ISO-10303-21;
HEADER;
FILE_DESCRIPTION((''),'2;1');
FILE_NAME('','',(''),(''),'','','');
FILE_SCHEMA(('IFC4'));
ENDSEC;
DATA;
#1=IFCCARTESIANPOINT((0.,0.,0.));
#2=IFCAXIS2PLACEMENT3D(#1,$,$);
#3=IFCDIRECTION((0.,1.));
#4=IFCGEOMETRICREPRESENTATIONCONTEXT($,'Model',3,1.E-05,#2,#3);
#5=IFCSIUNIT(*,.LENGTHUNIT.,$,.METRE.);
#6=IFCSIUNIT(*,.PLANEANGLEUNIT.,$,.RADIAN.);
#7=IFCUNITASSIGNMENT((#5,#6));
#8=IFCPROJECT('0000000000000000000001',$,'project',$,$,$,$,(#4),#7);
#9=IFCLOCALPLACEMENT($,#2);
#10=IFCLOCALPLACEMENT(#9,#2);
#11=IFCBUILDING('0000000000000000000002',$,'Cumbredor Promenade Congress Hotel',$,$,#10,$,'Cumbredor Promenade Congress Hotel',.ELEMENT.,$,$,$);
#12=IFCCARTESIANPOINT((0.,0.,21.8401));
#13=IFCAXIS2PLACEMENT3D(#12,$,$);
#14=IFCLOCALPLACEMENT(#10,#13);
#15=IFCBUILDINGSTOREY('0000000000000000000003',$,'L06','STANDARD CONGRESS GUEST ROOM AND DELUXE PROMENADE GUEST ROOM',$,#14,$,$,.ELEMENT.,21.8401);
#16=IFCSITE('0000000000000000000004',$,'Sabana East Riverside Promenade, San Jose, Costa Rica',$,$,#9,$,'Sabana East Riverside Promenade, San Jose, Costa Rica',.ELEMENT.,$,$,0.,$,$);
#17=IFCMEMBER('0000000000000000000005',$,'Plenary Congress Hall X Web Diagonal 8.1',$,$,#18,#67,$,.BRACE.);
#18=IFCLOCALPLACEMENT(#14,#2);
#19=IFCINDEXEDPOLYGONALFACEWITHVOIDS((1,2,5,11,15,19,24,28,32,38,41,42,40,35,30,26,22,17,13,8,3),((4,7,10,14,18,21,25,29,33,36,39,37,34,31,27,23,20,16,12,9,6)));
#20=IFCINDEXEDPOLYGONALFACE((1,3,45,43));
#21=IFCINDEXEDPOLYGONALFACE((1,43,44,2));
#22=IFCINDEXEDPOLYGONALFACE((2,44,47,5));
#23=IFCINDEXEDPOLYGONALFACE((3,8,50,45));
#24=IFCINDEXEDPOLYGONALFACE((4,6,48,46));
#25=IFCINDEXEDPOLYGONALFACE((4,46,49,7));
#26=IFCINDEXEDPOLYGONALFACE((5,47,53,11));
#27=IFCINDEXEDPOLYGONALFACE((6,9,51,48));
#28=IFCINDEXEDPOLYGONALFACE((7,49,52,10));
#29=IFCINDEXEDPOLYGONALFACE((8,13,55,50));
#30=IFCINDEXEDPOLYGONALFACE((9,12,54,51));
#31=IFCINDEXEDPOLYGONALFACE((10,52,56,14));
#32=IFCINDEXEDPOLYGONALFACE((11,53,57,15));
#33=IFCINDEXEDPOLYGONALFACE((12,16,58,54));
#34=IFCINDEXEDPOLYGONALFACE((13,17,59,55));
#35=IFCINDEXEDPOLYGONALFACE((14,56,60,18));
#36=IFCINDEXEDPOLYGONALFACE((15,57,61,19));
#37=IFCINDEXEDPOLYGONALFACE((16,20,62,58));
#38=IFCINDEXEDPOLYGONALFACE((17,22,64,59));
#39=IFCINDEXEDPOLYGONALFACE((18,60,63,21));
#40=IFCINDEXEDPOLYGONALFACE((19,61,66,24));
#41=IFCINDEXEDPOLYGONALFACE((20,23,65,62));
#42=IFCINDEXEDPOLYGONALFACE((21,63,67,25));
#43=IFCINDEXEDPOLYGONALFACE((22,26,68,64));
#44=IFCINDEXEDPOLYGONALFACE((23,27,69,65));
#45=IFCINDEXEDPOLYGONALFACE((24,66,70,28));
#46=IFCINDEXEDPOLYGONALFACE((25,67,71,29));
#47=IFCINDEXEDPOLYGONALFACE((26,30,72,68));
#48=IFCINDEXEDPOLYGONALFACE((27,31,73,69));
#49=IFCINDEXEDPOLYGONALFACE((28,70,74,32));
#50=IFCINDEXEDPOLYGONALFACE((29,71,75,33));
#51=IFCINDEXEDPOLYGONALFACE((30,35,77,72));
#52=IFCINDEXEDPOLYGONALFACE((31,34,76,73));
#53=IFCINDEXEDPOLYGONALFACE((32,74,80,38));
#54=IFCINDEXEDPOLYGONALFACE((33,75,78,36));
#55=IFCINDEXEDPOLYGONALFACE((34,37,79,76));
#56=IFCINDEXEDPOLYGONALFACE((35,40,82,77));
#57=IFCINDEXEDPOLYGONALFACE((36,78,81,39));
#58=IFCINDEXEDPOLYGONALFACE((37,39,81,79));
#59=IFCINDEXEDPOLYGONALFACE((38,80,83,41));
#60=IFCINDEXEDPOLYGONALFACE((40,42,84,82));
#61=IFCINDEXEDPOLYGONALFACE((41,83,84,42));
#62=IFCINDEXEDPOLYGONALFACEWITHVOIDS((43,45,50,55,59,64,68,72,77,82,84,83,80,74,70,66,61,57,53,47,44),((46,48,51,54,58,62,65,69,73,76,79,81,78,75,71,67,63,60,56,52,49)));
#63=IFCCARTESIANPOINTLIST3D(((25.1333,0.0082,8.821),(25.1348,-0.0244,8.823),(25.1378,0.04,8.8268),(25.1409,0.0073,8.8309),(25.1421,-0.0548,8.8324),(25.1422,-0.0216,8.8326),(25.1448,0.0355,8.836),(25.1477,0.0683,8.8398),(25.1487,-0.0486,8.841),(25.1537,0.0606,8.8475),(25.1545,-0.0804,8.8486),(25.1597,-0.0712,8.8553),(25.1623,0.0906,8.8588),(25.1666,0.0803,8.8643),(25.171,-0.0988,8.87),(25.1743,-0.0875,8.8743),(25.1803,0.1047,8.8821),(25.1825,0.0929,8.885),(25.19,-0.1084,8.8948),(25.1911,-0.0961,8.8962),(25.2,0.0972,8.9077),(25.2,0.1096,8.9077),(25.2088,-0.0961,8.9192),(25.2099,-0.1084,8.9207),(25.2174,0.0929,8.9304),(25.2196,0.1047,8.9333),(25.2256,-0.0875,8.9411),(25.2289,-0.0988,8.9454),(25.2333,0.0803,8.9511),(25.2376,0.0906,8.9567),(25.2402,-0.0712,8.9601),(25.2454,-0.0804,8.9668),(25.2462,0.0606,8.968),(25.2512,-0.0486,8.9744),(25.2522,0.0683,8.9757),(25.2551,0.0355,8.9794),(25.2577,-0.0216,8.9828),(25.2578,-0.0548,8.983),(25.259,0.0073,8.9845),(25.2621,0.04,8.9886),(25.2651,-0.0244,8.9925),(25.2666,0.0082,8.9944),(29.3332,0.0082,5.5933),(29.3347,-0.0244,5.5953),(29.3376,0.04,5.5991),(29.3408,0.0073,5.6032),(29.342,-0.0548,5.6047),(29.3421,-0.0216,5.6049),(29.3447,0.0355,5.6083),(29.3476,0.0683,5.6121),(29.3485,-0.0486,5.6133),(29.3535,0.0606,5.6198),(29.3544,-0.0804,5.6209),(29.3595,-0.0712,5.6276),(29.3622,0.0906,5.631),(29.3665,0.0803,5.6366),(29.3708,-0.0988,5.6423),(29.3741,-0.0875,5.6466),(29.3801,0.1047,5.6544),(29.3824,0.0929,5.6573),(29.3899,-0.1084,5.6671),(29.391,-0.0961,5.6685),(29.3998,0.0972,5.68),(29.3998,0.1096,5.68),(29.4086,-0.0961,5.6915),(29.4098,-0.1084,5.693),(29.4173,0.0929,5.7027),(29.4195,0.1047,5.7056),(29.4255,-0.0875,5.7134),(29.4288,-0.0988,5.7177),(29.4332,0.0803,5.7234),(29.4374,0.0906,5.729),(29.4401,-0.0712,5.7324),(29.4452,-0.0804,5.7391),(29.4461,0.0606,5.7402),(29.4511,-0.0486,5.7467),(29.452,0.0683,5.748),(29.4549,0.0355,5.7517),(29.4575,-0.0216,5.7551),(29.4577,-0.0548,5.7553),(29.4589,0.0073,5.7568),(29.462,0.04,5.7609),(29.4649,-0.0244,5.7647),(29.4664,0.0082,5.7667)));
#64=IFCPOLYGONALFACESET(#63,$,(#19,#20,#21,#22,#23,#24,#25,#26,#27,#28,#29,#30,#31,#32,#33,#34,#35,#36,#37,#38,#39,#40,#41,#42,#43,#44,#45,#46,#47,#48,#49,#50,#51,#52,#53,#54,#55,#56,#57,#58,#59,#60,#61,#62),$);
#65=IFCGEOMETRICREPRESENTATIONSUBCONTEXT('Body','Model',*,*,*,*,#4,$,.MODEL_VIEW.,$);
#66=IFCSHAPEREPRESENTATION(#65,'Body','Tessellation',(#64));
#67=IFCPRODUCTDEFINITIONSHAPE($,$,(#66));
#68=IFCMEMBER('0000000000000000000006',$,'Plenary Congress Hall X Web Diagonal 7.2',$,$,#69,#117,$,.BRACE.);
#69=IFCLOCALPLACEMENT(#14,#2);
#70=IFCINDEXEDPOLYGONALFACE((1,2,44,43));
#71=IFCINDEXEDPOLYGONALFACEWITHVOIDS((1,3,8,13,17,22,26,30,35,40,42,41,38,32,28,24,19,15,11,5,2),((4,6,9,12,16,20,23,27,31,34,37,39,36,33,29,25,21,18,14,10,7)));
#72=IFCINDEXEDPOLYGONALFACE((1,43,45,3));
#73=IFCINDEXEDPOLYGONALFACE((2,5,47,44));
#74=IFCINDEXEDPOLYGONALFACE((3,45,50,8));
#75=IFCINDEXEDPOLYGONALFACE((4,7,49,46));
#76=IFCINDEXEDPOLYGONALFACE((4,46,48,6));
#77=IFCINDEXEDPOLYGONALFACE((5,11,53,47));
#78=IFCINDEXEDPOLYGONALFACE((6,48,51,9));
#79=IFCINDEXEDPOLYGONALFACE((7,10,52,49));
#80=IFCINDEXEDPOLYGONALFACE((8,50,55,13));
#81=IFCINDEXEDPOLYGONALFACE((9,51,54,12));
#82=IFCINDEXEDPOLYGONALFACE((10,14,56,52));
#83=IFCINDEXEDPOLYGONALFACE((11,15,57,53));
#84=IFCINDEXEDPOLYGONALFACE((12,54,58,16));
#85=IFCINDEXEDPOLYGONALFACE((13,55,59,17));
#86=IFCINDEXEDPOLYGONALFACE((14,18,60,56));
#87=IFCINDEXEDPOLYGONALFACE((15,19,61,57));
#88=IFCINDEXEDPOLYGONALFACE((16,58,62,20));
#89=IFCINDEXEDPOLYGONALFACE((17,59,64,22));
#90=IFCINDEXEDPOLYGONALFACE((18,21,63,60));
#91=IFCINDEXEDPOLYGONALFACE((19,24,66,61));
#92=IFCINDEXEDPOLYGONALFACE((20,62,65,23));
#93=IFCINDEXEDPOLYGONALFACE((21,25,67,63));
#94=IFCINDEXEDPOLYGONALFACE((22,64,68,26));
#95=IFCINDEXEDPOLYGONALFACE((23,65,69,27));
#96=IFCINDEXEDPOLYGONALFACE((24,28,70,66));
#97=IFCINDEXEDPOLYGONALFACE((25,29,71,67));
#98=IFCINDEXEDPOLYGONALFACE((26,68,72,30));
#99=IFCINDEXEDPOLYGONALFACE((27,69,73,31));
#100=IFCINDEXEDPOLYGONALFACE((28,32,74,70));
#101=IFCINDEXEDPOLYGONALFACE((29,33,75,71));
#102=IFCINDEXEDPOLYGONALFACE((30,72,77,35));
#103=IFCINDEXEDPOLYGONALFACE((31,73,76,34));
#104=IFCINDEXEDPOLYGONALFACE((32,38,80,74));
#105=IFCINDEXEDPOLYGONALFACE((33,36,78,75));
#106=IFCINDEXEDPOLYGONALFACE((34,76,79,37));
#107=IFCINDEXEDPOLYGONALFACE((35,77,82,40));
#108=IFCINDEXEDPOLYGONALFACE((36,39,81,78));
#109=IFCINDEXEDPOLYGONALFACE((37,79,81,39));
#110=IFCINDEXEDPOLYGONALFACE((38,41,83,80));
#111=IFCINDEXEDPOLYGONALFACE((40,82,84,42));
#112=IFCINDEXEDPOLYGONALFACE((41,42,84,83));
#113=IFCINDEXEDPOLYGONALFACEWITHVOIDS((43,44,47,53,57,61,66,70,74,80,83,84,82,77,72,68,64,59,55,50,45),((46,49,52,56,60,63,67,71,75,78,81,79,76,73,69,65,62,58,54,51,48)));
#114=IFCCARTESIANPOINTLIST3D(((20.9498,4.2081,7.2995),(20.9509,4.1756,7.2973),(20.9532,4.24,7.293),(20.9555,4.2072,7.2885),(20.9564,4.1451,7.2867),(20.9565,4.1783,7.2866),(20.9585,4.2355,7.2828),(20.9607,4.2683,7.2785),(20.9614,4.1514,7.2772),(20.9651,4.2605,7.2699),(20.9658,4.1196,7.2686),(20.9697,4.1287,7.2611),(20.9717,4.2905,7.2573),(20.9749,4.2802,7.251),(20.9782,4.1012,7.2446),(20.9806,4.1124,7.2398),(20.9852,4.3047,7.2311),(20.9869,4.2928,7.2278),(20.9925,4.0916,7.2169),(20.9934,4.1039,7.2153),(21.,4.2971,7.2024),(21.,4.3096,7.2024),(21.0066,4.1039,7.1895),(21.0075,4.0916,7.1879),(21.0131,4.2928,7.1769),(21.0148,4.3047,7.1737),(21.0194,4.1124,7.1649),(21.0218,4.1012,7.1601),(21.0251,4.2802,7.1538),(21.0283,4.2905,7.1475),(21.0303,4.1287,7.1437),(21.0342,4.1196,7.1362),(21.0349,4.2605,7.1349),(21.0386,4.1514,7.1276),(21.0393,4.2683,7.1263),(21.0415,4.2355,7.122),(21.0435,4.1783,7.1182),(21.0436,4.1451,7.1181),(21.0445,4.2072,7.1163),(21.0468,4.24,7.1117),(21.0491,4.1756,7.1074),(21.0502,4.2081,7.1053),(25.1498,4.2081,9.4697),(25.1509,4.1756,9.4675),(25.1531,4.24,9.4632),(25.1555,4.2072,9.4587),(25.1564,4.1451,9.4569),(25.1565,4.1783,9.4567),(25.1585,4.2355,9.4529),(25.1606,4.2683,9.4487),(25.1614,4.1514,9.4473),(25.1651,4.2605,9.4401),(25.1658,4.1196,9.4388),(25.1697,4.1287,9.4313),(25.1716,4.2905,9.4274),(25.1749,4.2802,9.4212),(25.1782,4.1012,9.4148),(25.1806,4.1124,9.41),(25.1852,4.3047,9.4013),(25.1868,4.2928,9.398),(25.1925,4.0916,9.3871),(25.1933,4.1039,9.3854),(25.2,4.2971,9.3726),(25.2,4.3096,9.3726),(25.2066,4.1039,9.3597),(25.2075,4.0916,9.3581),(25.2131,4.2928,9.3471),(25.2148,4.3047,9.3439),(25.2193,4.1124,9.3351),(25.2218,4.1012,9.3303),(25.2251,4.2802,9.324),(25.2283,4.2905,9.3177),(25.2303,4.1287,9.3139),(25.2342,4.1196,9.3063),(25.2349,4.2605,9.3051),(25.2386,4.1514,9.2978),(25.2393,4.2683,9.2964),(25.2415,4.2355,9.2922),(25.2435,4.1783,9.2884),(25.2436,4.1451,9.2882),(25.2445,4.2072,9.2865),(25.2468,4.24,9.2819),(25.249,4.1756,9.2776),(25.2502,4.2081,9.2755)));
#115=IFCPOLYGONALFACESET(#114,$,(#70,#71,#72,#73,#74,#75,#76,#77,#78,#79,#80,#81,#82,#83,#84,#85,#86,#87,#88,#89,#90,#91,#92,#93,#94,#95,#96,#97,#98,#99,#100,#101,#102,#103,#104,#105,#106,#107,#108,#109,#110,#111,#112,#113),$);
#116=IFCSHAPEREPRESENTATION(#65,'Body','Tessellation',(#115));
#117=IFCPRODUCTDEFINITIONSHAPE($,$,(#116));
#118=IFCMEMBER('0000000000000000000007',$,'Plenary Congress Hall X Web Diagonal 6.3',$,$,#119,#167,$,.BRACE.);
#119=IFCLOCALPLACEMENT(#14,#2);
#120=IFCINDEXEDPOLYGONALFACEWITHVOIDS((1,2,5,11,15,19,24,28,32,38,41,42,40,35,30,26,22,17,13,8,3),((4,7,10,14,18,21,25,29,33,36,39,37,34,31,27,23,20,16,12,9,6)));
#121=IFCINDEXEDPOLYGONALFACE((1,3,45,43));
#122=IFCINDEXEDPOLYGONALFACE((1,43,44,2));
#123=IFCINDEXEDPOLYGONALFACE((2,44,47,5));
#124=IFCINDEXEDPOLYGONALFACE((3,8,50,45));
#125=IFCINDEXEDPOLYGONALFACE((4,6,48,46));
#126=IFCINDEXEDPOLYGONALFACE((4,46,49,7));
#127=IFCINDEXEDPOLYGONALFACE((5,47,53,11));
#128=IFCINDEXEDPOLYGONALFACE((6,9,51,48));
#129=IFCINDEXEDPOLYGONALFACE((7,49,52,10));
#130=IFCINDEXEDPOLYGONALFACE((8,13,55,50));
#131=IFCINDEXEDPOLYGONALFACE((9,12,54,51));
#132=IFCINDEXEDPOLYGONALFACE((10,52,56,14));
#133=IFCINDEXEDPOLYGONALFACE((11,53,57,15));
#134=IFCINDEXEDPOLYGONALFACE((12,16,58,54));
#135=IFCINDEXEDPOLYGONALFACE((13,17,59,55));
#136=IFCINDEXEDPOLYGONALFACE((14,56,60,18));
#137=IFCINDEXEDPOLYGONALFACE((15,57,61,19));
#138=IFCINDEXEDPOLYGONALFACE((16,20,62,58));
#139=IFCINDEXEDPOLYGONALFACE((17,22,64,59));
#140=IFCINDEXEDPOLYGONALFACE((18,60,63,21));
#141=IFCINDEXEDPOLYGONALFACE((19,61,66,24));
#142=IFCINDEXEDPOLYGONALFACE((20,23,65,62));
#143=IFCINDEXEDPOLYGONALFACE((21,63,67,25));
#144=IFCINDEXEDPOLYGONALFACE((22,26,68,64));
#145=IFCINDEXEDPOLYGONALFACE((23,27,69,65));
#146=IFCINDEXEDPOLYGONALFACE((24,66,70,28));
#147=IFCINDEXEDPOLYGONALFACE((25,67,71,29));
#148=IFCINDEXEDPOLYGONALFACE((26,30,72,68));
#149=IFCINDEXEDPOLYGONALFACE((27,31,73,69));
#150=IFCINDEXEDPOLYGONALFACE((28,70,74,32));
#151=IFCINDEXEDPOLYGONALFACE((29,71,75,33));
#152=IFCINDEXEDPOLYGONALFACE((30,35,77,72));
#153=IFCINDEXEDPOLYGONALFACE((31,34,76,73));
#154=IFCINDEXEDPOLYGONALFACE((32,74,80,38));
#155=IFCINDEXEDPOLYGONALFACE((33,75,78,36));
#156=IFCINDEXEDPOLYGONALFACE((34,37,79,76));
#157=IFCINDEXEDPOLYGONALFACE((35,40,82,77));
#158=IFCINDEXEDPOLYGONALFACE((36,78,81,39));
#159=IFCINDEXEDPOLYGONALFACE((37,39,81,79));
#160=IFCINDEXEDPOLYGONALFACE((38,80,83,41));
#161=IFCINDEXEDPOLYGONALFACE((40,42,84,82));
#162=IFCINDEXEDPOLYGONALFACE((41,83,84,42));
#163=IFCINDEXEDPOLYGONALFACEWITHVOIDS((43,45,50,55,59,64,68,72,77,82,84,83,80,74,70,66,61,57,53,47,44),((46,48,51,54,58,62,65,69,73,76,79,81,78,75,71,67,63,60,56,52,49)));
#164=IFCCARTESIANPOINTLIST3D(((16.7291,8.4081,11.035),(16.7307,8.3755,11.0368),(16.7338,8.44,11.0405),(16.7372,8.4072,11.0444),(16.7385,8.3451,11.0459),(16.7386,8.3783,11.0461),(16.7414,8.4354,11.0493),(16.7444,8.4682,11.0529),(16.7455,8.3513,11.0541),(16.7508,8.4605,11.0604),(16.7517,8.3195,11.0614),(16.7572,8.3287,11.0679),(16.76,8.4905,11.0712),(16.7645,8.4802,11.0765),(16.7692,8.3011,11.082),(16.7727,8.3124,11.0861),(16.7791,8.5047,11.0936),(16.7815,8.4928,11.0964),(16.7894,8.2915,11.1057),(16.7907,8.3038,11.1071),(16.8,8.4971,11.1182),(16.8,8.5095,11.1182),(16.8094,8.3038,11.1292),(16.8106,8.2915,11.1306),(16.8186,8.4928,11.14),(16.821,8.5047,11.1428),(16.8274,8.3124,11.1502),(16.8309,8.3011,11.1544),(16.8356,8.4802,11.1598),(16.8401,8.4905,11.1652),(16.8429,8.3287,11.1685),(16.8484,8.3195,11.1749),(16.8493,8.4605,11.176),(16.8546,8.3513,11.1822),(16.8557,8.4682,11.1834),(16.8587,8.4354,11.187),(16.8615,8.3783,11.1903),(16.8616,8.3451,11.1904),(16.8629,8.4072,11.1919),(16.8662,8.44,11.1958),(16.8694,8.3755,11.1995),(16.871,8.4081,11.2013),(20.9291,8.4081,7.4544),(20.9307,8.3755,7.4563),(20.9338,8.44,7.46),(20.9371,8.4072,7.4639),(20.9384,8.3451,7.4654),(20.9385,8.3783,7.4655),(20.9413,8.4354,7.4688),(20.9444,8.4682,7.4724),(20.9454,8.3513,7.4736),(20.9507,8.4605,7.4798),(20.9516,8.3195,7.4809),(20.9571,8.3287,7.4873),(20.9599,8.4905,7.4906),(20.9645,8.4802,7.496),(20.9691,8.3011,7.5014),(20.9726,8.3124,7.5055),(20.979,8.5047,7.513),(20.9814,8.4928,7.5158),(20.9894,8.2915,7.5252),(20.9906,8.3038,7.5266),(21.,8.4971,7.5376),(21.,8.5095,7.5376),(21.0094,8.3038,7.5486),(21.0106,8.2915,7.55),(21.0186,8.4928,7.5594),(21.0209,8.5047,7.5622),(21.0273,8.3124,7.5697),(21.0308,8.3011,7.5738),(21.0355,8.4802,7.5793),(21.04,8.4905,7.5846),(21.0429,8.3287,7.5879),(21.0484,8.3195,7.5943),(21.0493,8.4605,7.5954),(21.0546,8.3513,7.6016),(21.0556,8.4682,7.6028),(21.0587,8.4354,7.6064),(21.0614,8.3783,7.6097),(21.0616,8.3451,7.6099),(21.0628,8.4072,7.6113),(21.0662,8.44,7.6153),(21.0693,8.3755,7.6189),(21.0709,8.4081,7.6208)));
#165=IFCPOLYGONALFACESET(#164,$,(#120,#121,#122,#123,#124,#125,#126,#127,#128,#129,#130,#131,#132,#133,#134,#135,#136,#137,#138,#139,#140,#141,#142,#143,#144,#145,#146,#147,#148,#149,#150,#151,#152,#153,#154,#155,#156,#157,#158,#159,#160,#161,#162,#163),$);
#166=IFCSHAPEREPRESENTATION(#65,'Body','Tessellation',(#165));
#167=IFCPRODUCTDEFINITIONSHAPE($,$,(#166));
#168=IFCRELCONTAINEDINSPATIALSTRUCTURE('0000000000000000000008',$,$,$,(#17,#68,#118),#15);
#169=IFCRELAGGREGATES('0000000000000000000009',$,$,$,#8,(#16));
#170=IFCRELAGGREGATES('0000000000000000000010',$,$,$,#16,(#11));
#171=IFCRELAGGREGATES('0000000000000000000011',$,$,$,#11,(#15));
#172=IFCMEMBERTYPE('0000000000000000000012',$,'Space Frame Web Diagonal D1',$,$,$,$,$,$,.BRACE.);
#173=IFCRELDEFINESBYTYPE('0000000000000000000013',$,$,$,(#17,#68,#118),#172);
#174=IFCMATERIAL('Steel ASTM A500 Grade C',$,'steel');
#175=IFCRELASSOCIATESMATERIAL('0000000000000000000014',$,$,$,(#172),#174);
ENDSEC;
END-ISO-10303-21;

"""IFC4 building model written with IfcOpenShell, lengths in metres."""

from ifc_helpers import new_model, si_unit, direction, frame, origin, origin_2d, place, context, subcontext, project, spatial, hollow_circle, extrude, material, material_profile, profile_set, type_object, element, save


model = new_model("IFC4")

# Units and contexts
model_context = context("Model", 3, precision=1e-05, world=origin(), true_north=direction((0.0, 1.0)))
body_context = subcontext(model_context, "Body", "Model", "MODEL_VIEW")
ifc_project = project(units=[si_unit("LENGTHUNIT", "METRE"), si_unit("PLANEANGLEUNIT", "RADIAN")], contexts=[model_context])

# Site, building, storey
site_placement = place(None, origin())
site = spatial("IfcSite", under=ifc_project, at=site_placement, Name="Sabana East Riverside Promenade, San Jose, Costa Rica", LongName="Sabana East Riverside Promenade, San Jose, Costa Rica", CompositionType="ELEMENT", RefElevation=0.0)
building_placement = place(site_placement, origin())
building = spatial("IfcBuilding", under=site, at=building_placement, Name="Cumbredor Promenade Congress Hotel", LongName="Cumbredor Promenade Congress Hotel", CompositionType="ELEMENT")
storey_placement = place(building_placement, frame((0.0, 0.0, 21.8401)))
storey = spatial("IfcBuildingStorey", under=building, at=storey_placement, Name="L06", Description="STANDARD CONGRESS GUEST ROOM AND DELUXE PROMENADE GUEST ROOM", CompositionType="ELEMENT", Elevation=21.8401)

# Members
ifc_material_1 = material(Name="Steel ASTM A500 Grade C", Category="steel")
ifc_material_profile_1 = material_profile(ifc_material_1, hollow_circle(Radius=0.1096, WallThickness=0.0125, at=origin_2d()), Name="CHS 219.1x12.5")
ifc_profile_set_1 = profile_set([ifc_material_profile_1], Name="Steel ASTM A500 Grade C")
member_type_1 = type_object("IfcMemberType", Name="Space Frame Web Diagonal D1", PredefinedType="BRACE", material=ifc_profile_set_1)
member_1_placement = place(storey_placement, frame((25.2, 0.0, 8.9077), z_axis=(0.792893, 0.0, -0.609361), x_axis=(0.0, 1.0, 0.0)))
element("IfcMember", 1, at=member_1_placement, inside=storey, type_object=member_type_1, Name="Plenary Congress Hall X Web Diagonal 8.1", PredefinedType="BRACE", context=body_context, shape_type="SweptSolid", body=[
    extrude(hollow_circle(Radius=0.1096, WallThickness=0.0125, at=origin_2d()), origin(), (0.0, 0.0, 1.0), 5.2969),
])
member_2_placement = place(storey_placement, frame((21.0, 4.2, 7.2024), z_axis=(0.888409, 0.0, 0.459052), x_axis=(0.0, 1.0, 0.0)))
element("IfcMember", 2, at=member_2_placement, inside=storey, type_object=member_type_1, Name="Plenary Congress Hall X Web Diagonal 7.2", PredefinedType="BRACE", context=body_context, shape_type="SweptSolid", body=[
    extrude(hollow_circle(Radius=0.1096, WallThickness=0.0125, at=origin_2d()), origin(), (0.0, 0.0, 1.0), 4.7275),
])
member_3_placement = place(storey_placement, frame((16.8, 8.3999, 11.1182), z_axis=(0.76099, 0.0, -0.648764), x_axis=(0.0, 1.0, 0.0)))
element("IfcMember", 3, at=member_3_placement, inside=storey, type_object=member_type_1, Name="Plenary Congress Hall X Web Diagonal 6.3", PredefinedType="BRACE", context=body_context, shape_type="SweptSolid", body=[
    extrude(hollow_circle(Radius=0.1096, WallThickness=0.0125, at=origin_2d()), origin(), (0.0, 0.0, 1.0), 5.519),
])

save(model, "model.ifc")
